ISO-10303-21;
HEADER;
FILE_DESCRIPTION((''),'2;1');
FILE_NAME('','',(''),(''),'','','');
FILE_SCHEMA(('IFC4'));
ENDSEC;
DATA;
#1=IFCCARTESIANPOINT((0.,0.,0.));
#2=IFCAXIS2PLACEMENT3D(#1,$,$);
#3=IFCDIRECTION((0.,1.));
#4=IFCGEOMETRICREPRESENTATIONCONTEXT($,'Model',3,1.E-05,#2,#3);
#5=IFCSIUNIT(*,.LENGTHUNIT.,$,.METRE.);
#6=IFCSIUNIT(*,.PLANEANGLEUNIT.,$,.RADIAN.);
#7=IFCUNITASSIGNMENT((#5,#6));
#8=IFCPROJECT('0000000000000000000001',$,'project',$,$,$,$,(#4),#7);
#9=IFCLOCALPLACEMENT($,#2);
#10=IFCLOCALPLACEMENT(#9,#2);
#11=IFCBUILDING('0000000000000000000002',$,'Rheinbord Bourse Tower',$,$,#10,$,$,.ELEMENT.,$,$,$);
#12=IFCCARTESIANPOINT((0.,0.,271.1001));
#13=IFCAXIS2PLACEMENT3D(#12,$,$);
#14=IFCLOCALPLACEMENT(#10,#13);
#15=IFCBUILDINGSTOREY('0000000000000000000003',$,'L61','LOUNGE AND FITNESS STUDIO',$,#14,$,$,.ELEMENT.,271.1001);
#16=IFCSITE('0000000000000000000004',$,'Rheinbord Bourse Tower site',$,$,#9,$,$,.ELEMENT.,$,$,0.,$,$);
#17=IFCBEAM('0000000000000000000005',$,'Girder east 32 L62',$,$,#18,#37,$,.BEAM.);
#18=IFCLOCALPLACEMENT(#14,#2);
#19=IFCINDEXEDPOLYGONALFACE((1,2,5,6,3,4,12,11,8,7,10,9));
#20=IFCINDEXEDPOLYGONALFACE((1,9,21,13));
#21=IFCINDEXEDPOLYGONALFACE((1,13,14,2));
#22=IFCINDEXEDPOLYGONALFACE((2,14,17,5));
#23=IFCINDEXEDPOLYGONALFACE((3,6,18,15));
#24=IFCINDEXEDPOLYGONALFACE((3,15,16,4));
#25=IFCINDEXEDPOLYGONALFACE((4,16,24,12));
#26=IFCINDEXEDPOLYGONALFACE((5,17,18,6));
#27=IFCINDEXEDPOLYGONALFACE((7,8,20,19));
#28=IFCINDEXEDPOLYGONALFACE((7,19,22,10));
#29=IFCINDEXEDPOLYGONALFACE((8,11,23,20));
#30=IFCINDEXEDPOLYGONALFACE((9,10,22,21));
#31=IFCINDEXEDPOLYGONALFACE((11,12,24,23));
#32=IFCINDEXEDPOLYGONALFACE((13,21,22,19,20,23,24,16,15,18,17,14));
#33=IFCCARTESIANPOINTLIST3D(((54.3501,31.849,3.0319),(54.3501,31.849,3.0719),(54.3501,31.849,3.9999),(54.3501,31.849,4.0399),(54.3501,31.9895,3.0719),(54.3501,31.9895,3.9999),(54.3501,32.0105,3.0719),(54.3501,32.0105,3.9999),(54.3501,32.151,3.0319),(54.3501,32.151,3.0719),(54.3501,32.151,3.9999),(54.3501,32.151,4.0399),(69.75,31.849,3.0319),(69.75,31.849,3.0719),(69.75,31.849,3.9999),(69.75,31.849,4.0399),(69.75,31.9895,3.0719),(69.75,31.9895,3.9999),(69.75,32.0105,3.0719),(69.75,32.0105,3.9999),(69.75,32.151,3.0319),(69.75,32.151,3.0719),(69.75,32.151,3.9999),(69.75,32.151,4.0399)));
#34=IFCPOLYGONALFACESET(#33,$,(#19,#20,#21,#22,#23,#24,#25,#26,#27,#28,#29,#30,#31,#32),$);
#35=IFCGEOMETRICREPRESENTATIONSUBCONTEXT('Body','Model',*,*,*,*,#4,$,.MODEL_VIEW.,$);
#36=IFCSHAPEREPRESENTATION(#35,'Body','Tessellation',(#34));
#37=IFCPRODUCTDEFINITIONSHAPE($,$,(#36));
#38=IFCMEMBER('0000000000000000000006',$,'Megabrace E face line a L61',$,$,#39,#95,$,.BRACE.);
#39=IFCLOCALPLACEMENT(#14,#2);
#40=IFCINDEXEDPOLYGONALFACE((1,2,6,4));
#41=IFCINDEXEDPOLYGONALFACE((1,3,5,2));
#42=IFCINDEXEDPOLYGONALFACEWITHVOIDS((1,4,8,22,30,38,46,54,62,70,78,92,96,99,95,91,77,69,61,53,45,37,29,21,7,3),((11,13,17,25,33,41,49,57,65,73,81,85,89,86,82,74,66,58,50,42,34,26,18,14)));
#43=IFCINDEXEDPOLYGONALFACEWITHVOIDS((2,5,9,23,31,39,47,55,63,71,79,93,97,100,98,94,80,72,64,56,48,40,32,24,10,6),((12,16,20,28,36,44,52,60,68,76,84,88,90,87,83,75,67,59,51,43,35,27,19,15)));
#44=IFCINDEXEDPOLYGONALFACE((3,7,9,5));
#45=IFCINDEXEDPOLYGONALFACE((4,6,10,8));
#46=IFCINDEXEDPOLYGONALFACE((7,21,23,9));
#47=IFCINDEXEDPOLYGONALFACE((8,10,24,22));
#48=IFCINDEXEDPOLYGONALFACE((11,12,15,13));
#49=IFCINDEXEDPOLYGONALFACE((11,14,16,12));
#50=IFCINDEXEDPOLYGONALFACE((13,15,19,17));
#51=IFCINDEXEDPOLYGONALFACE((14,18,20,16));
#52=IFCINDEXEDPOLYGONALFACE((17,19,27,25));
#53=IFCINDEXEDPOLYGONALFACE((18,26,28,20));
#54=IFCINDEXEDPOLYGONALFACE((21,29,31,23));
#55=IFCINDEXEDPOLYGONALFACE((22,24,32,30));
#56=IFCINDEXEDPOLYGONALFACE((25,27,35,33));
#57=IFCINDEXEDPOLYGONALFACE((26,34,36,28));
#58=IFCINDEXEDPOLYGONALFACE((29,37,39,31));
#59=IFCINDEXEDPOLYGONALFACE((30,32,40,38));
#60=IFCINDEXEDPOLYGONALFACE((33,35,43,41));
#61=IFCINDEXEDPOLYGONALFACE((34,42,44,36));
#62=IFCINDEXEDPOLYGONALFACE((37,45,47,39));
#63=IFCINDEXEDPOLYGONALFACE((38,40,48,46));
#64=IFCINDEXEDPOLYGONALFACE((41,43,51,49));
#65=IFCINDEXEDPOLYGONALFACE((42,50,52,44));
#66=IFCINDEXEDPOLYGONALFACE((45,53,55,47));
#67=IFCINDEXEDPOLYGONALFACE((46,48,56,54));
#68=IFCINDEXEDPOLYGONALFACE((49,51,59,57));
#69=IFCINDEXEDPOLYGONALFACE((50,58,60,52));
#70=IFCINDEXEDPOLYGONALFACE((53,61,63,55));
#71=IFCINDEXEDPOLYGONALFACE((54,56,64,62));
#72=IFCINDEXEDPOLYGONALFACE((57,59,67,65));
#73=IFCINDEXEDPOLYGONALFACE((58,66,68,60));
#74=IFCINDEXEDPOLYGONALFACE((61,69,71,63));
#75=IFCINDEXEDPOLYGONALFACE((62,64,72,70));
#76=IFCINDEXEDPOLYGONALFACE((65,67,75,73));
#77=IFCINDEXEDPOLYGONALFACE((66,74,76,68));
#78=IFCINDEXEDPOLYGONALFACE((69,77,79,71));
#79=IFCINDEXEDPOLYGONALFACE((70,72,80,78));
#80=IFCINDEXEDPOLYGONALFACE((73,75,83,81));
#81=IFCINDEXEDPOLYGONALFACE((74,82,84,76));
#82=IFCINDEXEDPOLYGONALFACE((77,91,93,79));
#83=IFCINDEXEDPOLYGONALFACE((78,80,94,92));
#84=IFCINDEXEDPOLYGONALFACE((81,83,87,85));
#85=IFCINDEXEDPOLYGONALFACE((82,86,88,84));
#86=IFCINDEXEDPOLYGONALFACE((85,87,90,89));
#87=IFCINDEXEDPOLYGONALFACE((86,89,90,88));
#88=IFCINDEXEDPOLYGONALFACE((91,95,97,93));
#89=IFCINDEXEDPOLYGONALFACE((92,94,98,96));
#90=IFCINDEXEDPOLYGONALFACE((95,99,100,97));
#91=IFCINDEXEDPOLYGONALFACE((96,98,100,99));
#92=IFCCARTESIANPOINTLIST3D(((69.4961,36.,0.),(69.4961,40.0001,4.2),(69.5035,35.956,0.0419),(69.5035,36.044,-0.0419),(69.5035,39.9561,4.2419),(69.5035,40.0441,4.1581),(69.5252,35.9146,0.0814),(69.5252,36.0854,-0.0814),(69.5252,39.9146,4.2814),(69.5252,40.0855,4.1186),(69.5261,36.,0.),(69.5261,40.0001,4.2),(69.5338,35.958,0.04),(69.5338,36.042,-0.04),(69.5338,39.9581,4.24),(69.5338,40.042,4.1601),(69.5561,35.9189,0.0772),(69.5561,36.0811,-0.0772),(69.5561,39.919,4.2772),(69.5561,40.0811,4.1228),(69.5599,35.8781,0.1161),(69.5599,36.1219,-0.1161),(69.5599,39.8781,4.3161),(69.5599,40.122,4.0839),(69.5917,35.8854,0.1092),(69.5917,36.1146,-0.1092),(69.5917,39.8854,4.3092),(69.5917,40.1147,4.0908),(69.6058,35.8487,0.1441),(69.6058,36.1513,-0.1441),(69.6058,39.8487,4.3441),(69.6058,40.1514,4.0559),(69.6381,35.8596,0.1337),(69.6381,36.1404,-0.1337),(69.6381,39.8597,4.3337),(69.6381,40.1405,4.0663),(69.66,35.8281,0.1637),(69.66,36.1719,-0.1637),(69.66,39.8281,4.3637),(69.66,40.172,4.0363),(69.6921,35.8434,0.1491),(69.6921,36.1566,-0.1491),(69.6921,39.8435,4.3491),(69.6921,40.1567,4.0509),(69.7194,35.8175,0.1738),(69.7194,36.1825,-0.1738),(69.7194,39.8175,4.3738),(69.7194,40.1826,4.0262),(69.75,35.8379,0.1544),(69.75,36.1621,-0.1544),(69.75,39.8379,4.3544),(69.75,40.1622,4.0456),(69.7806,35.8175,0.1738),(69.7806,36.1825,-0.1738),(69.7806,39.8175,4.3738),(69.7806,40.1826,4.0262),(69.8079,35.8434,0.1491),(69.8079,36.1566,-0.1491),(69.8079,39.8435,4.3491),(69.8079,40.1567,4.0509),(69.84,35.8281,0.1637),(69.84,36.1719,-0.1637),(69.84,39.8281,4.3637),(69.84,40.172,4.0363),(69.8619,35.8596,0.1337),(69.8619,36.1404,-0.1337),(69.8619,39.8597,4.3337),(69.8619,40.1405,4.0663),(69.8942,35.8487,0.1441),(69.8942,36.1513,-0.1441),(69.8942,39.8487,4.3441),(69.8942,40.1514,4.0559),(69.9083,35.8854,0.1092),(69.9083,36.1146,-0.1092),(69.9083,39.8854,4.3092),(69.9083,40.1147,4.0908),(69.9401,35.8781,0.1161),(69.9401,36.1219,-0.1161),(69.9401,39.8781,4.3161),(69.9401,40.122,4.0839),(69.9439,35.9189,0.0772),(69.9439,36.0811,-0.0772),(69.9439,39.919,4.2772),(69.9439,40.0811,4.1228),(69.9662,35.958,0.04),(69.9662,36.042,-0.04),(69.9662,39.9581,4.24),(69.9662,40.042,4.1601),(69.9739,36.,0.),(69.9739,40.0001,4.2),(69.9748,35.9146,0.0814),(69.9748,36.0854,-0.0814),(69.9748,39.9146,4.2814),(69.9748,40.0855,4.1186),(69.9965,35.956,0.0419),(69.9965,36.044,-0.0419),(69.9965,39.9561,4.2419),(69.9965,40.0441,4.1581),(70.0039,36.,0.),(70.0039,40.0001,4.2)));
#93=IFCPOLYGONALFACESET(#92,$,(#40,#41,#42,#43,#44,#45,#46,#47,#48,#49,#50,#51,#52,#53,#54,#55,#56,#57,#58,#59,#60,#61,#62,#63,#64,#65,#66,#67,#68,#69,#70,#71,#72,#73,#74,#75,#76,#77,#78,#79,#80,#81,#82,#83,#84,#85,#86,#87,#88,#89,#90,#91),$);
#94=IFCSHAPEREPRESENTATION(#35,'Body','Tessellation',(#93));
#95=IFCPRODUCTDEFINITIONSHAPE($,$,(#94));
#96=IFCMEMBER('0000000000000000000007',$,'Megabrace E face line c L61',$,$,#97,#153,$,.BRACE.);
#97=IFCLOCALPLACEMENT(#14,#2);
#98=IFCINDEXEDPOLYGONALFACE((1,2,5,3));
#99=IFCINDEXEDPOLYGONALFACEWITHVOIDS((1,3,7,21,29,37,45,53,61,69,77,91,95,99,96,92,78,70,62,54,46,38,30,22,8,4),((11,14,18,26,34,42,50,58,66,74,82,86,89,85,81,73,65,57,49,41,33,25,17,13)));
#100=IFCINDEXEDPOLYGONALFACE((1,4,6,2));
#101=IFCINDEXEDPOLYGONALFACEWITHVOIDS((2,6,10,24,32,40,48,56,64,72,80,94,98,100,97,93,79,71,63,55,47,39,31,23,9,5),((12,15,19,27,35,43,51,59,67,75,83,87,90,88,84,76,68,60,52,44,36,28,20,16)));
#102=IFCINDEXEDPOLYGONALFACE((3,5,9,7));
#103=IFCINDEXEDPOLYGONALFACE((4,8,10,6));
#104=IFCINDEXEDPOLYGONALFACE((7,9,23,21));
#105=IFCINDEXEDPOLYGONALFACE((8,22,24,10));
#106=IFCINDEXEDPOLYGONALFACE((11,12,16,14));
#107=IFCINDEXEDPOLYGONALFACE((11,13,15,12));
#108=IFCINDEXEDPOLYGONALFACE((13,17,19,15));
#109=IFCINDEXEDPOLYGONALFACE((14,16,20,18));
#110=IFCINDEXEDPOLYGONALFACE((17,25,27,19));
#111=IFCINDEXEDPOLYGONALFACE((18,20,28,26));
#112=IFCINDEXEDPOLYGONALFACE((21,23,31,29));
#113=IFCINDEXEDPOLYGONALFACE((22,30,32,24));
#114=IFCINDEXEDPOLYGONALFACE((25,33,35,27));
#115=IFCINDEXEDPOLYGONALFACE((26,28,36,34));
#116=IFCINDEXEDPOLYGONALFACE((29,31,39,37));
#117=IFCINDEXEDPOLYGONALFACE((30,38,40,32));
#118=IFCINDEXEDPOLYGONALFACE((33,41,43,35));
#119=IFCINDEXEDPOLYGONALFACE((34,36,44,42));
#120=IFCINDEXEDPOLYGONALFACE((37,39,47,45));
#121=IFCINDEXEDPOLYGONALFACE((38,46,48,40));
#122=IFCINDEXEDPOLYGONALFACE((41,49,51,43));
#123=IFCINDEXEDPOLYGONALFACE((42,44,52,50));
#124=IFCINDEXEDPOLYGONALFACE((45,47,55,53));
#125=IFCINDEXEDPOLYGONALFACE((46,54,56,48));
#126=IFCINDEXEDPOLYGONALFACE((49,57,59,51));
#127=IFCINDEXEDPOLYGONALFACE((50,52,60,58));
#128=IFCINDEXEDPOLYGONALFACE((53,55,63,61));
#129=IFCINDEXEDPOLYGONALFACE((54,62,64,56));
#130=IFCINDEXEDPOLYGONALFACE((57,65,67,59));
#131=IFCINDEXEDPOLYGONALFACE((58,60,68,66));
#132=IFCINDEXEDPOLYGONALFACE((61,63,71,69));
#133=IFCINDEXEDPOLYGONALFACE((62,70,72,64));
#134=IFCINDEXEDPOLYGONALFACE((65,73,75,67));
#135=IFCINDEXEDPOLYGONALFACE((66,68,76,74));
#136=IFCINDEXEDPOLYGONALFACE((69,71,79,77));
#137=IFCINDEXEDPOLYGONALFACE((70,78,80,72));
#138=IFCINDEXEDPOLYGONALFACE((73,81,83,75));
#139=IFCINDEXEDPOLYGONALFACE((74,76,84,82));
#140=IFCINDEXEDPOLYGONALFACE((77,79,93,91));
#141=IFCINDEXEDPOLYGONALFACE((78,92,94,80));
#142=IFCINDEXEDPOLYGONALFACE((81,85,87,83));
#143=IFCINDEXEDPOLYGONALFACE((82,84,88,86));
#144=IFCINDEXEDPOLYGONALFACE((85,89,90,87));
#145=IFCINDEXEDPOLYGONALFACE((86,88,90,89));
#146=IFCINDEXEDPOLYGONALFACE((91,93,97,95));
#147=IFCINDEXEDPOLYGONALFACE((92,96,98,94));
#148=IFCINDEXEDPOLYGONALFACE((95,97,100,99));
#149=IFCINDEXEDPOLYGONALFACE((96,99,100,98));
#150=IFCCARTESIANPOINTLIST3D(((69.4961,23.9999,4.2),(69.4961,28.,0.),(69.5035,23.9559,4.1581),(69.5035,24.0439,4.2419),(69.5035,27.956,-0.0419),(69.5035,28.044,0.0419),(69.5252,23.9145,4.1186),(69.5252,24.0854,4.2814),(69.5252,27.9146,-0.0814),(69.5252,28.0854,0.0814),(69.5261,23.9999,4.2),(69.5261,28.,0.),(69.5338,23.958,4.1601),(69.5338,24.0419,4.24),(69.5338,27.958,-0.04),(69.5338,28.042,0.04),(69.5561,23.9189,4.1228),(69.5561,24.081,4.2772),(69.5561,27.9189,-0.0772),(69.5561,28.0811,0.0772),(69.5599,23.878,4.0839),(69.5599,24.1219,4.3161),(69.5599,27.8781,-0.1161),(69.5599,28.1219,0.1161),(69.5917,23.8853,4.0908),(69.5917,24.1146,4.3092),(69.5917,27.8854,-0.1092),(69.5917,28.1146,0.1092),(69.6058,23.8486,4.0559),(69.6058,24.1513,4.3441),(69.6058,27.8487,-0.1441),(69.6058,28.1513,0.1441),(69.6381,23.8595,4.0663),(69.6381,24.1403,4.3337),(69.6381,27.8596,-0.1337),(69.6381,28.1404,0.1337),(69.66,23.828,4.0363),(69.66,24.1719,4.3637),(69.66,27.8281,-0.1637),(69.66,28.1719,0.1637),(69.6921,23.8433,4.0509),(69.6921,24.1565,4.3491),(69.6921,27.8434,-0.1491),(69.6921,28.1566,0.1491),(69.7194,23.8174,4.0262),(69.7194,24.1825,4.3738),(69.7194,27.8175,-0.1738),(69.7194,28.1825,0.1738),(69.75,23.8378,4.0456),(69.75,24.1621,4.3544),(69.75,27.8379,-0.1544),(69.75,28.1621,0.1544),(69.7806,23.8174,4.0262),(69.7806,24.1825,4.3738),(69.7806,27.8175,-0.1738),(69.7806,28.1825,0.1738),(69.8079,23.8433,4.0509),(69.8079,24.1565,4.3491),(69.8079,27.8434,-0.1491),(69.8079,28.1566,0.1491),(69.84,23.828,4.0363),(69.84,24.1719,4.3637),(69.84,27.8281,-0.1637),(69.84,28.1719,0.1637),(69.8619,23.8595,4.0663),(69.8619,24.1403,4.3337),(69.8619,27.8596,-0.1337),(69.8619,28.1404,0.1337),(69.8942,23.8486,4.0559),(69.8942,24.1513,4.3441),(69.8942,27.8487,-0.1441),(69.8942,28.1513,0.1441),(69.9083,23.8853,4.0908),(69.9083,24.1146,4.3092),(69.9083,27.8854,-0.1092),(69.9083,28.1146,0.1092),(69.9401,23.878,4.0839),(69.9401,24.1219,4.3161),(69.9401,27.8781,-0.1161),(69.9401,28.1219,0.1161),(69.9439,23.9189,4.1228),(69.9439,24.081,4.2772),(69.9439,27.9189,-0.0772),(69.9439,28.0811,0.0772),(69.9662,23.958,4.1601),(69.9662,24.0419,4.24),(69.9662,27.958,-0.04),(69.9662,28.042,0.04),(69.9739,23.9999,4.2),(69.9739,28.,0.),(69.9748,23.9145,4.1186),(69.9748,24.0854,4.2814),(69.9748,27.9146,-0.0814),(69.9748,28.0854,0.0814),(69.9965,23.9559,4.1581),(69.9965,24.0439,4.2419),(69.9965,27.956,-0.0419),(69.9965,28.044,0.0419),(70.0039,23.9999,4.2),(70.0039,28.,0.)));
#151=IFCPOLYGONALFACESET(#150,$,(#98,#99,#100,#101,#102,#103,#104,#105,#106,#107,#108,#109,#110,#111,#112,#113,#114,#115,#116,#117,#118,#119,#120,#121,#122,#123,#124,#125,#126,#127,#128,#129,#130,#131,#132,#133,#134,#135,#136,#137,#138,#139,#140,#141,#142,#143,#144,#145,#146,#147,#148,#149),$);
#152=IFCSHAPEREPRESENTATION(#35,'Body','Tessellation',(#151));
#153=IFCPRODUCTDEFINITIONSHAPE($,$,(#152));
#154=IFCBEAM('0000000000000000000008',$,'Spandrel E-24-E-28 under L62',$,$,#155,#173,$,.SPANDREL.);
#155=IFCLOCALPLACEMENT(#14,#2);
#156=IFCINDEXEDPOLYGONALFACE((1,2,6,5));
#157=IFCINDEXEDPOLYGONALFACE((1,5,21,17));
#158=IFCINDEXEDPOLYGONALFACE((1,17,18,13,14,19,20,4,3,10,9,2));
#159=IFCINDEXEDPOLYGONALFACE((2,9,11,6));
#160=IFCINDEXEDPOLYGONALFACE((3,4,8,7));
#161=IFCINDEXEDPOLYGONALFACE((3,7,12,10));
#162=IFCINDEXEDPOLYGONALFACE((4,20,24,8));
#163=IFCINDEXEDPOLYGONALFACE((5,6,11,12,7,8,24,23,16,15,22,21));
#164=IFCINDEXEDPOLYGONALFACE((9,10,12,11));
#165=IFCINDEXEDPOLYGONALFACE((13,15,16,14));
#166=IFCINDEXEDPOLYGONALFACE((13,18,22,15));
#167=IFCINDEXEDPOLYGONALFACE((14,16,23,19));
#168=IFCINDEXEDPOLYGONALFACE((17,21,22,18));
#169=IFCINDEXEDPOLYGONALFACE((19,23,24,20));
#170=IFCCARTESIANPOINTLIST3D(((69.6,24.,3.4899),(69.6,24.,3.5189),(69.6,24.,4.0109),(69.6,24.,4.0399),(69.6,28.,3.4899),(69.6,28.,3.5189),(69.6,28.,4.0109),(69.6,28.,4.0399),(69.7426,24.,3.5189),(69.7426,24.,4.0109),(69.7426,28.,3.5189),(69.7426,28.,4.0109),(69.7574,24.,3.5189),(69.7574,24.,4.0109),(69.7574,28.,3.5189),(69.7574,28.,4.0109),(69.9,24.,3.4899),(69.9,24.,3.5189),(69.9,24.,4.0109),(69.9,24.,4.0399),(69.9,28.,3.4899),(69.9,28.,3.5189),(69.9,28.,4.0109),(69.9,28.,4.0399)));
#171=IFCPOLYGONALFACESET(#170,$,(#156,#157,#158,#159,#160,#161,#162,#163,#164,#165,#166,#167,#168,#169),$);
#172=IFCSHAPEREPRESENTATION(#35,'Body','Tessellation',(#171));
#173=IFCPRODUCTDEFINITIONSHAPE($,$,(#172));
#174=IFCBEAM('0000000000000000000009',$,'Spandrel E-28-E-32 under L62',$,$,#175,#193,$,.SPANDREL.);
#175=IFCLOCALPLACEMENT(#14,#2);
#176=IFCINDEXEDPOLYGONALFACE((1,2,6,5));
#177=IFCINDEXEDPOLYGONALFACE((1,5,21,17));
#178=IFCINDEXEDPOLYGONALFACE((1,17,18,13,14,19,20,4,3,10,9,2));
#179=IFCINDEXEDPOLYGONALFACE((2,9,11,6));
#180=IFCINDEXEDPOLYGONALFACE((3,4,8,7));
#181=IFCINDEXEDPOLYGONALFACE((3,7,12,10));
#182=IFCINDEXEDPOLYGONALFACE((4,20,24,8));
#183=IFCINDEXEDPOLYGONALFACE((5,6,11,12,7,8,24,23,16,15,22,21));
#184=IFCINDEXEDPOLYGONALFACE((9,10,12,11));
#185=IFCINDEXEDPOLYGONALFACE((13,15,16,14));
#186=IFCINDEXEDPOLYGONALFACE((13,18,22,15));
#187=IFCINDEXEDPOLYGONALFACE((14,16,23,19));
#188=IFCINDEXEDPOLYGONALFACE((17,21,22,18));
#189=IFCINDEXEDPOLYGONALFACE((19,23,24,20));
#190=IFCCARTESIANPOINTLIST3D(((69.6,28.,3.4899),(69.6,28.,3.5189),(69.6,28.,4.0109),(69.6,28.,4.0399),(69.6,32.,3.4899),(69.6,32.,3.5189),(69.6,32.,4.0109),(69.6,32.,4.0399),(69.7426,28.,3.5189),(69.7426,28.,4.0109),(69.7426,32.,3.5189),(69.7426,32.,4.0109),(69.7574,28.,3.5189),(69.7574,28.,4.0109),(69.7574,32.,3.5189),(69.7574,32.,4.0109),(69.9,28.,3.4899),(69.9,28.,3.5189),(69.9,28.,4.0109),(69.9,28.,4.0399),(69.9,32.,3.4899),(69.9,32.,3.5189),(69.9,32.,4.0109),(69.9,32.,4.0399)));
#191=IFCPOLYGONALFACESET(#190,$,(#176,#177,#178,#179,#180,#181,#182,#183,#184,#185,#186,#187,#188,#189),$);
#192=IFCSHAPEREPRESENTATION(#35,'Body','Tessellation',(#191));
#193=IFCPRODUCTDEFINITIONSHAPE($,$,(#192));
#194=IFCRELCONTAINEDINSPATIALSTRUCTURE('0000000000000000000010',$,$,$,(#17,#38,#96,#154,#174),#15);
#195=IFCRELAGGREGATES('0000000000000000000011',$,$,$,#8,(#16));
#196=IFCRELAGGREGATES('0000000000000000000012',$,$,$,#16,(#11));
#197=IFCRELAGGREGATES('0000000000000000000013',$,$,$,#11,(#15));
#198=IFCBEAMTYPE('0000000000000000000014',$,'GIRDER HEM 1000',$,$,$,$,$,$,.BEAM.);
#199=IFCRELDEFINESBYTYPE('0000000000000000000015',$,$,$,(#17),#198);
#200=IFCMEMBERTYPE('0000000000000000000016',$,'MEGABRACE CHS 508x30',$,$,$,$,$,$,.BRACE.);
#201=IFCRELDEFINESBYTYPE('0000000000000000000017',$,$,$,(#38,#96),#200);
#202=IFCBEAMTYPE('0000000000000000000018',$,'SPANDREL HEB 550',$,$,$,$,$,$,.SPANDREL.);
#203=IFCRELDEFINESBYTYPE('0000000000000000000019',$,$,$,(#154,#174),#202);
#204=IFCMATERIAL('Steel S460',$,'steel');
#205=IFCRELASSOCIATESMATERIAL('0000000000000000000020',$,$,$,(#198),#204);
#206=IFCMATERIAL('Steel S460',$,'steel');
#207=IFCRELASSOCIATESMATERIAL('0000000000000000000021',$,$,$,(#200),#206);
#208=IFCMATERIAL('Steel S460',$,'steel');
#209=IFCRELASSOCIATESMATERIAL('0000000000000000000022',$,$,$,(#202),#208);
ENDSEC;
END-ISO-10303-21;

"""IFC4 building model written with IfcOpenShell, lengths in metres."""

from ifc_helpers import new_model, si_unit, direction, frame, origin, origin_2d, place, context, subcontext, project, spatial, hollow_circle, i_section, extrude, material, material_profile, profile_set, type_object, element, save


model = new_model("IFC4")

# Units and contexts
model_context = context("Model", 3, precision=1e-05, world=origin(), true_north=direction((0.0, 1.0)))
body_context = subcontext(model_context, "Body", "Model", "MODEL_VIEW")
ifc_project = project(units=[si_unit("LENGTHUNIT", "METRE"), si_unit("PLANEANGLEUNIT", "RADIAN")], contexts=[model_context])

# Site, building, storey
site_placement = place(None, origin())
site = spatial("IfcSite", under=ifc_project, at=site_placement, Name="Rheinbord Bourse Tower site", CompositionType="ELEMENT", RefElevation=0.0)
building_placement = place(site_placement, origin())
building = spatial("IfcBuilding", under=site, at=building_placement, Name="Rheinbord Bourse Tower", CompositionType="ELEMENT")
storey_placement = place(building_placement, frame((0.0, 0.0, 271.1001)))
storey = spatial("IfcBuildingStorey", under=building, at=storey_placement, Name="L61", Description="LOUNGE AND FITNESS STUDIO", CompositionType="ELEMENT", Elevation=271.1001)

# Beam
ifc_material_1 = material(Name="Steel S460", Category="steel")
ifc_material_profile_1 = material_profile(ifc_material_1, i_section(OverallWidth=0.302, OverallDepth=1.0081, WebThickness=0.021, FlangeThickness=0.04, at=origin_2d()), Name="HEM 1000")
ifc_profile_set_1 = profile_set([ifc_material_profile_1], Name="Steel S460")
beam_type_1 = type_object("IfcBeamType", Name="GIRDER HEM 1000", PredefinedType="BEAM", material=ifc_profile_set_1)
beam_1_placement = place(storey_placement, frame((54.3501, 32.0, 3.5359), z_axis=(1.0, 0.0, 0.0), x_axis=(0.0, 1.0, 0.0)))
element("IfcBeam", 1, at=beam_1_placement, inside=storey, type_object=beam_type_1, Name="Girder east 32 L62", PredefinedType="BEAM", context=body_context, shape_type="SweptSolid", body=[
    extrude(i_section(OverallWidth=0.302, OverallDepth=1.0081, WebThickness=0.021, FlangeThickness=0.04, at=origin_2d()), origin(), (0.0, 0.0, 1.0), 15.3999),
])

# Members
ifc_material_2 = material(Name="Steel S460", Category="steel")
ifc_material_profile_2 = material_profile(ifc_material_2, hollow_circle(Radius=0.2539, WallThickness=0.03, at=origin_2d()), Name="CHS 508x30")
ifc_profile_set_2 = profile_set([ifc_material_profile_2], Name="Steel S460")
member_type_1 = type_object("IfcMemberType", Name="MEGABRACE CHS 508x30", PredefinedType="BRACE", material=ifc_profile_set_2)
for number, where, z_axis, x_axis, name in (
    (2, (69.75, 36.0, 0.0), (0.0, 0.689659, 0.724134), (-1.0, 0.0, 0.0), "Megabrace E face line a L61"),
    (3, (69.75, 28.0, 0.0), (0.0, -0.689659, 0.724134), (1.0, 0.0, 0.0), "Megabrace E face line c L61"),
):
    element("IfcMember", number, at=place(storey_placement, frame(where, z_axis=z_axis, x_axis=x_axis)), inside=storey, type_object=member_type_1, Name=name, PredefinedType="BRACE", context=body_context, shape_type="SweptSolid", body=[
        extrude(hollow_circle(Radius=0.2539, WallThickness=0.03, at=origin_2d()), origin(), (0.0, 0.0, 1.0), 5.8),
    ])

# Beams
ifc_material_3 = material(Name="Steel S460", Category="steel")
ifc_material_profile_3 = material_profile(ifc_material_3, i_section(OverallWidth=0.3, OverallDepth=0.55, WebThickness=0.0149, FlangeThickness=0.0291, at=origin_2d()), Name="HEB 550")
ifc_profile_set_3 = profile_set([ifc_material_profile_3], Name="Steel S460")
beam_type_2 = type_object("IfcBeamType", Name="SPANDREL HEB 550", PredefinedType="SPANDREL", material=ifc_profile_set_3)
for number, where, z_axis, x_axis, name in (
    (4, (69.75, 24.0, 3.7649), (0.0, 1.0, 0.0), (-1.0, 0.0, 0.0), "Spandrel E-24-E-28 under L62"),
    (5, (69.75, 28.0, 3.7649), (0.0, 1.0, 0.0), (-1.0, 0.0, 0.0), "Spandrel E-28-E-32 under L62"),
):
    element("IfcBeam", number, at=place(storey_placement, frame(where, z_axis=z_axis, x_axis=x_axis)), inside=storey, type_object=beam_type_2, Name=name, PredefinedType="SPANDREL", context=body_context, shape_type="SweptSolid", body=[
        extrude(i_section(OverallWidth=0.3, OverallDepth=0.55, WebThickness=0.0149, FlangeThickness=0.0291, at=origin_2d()), origin(), (0.0, 0.0, 1.0), 4.0),
    ])

save(model, "model.ifc")
